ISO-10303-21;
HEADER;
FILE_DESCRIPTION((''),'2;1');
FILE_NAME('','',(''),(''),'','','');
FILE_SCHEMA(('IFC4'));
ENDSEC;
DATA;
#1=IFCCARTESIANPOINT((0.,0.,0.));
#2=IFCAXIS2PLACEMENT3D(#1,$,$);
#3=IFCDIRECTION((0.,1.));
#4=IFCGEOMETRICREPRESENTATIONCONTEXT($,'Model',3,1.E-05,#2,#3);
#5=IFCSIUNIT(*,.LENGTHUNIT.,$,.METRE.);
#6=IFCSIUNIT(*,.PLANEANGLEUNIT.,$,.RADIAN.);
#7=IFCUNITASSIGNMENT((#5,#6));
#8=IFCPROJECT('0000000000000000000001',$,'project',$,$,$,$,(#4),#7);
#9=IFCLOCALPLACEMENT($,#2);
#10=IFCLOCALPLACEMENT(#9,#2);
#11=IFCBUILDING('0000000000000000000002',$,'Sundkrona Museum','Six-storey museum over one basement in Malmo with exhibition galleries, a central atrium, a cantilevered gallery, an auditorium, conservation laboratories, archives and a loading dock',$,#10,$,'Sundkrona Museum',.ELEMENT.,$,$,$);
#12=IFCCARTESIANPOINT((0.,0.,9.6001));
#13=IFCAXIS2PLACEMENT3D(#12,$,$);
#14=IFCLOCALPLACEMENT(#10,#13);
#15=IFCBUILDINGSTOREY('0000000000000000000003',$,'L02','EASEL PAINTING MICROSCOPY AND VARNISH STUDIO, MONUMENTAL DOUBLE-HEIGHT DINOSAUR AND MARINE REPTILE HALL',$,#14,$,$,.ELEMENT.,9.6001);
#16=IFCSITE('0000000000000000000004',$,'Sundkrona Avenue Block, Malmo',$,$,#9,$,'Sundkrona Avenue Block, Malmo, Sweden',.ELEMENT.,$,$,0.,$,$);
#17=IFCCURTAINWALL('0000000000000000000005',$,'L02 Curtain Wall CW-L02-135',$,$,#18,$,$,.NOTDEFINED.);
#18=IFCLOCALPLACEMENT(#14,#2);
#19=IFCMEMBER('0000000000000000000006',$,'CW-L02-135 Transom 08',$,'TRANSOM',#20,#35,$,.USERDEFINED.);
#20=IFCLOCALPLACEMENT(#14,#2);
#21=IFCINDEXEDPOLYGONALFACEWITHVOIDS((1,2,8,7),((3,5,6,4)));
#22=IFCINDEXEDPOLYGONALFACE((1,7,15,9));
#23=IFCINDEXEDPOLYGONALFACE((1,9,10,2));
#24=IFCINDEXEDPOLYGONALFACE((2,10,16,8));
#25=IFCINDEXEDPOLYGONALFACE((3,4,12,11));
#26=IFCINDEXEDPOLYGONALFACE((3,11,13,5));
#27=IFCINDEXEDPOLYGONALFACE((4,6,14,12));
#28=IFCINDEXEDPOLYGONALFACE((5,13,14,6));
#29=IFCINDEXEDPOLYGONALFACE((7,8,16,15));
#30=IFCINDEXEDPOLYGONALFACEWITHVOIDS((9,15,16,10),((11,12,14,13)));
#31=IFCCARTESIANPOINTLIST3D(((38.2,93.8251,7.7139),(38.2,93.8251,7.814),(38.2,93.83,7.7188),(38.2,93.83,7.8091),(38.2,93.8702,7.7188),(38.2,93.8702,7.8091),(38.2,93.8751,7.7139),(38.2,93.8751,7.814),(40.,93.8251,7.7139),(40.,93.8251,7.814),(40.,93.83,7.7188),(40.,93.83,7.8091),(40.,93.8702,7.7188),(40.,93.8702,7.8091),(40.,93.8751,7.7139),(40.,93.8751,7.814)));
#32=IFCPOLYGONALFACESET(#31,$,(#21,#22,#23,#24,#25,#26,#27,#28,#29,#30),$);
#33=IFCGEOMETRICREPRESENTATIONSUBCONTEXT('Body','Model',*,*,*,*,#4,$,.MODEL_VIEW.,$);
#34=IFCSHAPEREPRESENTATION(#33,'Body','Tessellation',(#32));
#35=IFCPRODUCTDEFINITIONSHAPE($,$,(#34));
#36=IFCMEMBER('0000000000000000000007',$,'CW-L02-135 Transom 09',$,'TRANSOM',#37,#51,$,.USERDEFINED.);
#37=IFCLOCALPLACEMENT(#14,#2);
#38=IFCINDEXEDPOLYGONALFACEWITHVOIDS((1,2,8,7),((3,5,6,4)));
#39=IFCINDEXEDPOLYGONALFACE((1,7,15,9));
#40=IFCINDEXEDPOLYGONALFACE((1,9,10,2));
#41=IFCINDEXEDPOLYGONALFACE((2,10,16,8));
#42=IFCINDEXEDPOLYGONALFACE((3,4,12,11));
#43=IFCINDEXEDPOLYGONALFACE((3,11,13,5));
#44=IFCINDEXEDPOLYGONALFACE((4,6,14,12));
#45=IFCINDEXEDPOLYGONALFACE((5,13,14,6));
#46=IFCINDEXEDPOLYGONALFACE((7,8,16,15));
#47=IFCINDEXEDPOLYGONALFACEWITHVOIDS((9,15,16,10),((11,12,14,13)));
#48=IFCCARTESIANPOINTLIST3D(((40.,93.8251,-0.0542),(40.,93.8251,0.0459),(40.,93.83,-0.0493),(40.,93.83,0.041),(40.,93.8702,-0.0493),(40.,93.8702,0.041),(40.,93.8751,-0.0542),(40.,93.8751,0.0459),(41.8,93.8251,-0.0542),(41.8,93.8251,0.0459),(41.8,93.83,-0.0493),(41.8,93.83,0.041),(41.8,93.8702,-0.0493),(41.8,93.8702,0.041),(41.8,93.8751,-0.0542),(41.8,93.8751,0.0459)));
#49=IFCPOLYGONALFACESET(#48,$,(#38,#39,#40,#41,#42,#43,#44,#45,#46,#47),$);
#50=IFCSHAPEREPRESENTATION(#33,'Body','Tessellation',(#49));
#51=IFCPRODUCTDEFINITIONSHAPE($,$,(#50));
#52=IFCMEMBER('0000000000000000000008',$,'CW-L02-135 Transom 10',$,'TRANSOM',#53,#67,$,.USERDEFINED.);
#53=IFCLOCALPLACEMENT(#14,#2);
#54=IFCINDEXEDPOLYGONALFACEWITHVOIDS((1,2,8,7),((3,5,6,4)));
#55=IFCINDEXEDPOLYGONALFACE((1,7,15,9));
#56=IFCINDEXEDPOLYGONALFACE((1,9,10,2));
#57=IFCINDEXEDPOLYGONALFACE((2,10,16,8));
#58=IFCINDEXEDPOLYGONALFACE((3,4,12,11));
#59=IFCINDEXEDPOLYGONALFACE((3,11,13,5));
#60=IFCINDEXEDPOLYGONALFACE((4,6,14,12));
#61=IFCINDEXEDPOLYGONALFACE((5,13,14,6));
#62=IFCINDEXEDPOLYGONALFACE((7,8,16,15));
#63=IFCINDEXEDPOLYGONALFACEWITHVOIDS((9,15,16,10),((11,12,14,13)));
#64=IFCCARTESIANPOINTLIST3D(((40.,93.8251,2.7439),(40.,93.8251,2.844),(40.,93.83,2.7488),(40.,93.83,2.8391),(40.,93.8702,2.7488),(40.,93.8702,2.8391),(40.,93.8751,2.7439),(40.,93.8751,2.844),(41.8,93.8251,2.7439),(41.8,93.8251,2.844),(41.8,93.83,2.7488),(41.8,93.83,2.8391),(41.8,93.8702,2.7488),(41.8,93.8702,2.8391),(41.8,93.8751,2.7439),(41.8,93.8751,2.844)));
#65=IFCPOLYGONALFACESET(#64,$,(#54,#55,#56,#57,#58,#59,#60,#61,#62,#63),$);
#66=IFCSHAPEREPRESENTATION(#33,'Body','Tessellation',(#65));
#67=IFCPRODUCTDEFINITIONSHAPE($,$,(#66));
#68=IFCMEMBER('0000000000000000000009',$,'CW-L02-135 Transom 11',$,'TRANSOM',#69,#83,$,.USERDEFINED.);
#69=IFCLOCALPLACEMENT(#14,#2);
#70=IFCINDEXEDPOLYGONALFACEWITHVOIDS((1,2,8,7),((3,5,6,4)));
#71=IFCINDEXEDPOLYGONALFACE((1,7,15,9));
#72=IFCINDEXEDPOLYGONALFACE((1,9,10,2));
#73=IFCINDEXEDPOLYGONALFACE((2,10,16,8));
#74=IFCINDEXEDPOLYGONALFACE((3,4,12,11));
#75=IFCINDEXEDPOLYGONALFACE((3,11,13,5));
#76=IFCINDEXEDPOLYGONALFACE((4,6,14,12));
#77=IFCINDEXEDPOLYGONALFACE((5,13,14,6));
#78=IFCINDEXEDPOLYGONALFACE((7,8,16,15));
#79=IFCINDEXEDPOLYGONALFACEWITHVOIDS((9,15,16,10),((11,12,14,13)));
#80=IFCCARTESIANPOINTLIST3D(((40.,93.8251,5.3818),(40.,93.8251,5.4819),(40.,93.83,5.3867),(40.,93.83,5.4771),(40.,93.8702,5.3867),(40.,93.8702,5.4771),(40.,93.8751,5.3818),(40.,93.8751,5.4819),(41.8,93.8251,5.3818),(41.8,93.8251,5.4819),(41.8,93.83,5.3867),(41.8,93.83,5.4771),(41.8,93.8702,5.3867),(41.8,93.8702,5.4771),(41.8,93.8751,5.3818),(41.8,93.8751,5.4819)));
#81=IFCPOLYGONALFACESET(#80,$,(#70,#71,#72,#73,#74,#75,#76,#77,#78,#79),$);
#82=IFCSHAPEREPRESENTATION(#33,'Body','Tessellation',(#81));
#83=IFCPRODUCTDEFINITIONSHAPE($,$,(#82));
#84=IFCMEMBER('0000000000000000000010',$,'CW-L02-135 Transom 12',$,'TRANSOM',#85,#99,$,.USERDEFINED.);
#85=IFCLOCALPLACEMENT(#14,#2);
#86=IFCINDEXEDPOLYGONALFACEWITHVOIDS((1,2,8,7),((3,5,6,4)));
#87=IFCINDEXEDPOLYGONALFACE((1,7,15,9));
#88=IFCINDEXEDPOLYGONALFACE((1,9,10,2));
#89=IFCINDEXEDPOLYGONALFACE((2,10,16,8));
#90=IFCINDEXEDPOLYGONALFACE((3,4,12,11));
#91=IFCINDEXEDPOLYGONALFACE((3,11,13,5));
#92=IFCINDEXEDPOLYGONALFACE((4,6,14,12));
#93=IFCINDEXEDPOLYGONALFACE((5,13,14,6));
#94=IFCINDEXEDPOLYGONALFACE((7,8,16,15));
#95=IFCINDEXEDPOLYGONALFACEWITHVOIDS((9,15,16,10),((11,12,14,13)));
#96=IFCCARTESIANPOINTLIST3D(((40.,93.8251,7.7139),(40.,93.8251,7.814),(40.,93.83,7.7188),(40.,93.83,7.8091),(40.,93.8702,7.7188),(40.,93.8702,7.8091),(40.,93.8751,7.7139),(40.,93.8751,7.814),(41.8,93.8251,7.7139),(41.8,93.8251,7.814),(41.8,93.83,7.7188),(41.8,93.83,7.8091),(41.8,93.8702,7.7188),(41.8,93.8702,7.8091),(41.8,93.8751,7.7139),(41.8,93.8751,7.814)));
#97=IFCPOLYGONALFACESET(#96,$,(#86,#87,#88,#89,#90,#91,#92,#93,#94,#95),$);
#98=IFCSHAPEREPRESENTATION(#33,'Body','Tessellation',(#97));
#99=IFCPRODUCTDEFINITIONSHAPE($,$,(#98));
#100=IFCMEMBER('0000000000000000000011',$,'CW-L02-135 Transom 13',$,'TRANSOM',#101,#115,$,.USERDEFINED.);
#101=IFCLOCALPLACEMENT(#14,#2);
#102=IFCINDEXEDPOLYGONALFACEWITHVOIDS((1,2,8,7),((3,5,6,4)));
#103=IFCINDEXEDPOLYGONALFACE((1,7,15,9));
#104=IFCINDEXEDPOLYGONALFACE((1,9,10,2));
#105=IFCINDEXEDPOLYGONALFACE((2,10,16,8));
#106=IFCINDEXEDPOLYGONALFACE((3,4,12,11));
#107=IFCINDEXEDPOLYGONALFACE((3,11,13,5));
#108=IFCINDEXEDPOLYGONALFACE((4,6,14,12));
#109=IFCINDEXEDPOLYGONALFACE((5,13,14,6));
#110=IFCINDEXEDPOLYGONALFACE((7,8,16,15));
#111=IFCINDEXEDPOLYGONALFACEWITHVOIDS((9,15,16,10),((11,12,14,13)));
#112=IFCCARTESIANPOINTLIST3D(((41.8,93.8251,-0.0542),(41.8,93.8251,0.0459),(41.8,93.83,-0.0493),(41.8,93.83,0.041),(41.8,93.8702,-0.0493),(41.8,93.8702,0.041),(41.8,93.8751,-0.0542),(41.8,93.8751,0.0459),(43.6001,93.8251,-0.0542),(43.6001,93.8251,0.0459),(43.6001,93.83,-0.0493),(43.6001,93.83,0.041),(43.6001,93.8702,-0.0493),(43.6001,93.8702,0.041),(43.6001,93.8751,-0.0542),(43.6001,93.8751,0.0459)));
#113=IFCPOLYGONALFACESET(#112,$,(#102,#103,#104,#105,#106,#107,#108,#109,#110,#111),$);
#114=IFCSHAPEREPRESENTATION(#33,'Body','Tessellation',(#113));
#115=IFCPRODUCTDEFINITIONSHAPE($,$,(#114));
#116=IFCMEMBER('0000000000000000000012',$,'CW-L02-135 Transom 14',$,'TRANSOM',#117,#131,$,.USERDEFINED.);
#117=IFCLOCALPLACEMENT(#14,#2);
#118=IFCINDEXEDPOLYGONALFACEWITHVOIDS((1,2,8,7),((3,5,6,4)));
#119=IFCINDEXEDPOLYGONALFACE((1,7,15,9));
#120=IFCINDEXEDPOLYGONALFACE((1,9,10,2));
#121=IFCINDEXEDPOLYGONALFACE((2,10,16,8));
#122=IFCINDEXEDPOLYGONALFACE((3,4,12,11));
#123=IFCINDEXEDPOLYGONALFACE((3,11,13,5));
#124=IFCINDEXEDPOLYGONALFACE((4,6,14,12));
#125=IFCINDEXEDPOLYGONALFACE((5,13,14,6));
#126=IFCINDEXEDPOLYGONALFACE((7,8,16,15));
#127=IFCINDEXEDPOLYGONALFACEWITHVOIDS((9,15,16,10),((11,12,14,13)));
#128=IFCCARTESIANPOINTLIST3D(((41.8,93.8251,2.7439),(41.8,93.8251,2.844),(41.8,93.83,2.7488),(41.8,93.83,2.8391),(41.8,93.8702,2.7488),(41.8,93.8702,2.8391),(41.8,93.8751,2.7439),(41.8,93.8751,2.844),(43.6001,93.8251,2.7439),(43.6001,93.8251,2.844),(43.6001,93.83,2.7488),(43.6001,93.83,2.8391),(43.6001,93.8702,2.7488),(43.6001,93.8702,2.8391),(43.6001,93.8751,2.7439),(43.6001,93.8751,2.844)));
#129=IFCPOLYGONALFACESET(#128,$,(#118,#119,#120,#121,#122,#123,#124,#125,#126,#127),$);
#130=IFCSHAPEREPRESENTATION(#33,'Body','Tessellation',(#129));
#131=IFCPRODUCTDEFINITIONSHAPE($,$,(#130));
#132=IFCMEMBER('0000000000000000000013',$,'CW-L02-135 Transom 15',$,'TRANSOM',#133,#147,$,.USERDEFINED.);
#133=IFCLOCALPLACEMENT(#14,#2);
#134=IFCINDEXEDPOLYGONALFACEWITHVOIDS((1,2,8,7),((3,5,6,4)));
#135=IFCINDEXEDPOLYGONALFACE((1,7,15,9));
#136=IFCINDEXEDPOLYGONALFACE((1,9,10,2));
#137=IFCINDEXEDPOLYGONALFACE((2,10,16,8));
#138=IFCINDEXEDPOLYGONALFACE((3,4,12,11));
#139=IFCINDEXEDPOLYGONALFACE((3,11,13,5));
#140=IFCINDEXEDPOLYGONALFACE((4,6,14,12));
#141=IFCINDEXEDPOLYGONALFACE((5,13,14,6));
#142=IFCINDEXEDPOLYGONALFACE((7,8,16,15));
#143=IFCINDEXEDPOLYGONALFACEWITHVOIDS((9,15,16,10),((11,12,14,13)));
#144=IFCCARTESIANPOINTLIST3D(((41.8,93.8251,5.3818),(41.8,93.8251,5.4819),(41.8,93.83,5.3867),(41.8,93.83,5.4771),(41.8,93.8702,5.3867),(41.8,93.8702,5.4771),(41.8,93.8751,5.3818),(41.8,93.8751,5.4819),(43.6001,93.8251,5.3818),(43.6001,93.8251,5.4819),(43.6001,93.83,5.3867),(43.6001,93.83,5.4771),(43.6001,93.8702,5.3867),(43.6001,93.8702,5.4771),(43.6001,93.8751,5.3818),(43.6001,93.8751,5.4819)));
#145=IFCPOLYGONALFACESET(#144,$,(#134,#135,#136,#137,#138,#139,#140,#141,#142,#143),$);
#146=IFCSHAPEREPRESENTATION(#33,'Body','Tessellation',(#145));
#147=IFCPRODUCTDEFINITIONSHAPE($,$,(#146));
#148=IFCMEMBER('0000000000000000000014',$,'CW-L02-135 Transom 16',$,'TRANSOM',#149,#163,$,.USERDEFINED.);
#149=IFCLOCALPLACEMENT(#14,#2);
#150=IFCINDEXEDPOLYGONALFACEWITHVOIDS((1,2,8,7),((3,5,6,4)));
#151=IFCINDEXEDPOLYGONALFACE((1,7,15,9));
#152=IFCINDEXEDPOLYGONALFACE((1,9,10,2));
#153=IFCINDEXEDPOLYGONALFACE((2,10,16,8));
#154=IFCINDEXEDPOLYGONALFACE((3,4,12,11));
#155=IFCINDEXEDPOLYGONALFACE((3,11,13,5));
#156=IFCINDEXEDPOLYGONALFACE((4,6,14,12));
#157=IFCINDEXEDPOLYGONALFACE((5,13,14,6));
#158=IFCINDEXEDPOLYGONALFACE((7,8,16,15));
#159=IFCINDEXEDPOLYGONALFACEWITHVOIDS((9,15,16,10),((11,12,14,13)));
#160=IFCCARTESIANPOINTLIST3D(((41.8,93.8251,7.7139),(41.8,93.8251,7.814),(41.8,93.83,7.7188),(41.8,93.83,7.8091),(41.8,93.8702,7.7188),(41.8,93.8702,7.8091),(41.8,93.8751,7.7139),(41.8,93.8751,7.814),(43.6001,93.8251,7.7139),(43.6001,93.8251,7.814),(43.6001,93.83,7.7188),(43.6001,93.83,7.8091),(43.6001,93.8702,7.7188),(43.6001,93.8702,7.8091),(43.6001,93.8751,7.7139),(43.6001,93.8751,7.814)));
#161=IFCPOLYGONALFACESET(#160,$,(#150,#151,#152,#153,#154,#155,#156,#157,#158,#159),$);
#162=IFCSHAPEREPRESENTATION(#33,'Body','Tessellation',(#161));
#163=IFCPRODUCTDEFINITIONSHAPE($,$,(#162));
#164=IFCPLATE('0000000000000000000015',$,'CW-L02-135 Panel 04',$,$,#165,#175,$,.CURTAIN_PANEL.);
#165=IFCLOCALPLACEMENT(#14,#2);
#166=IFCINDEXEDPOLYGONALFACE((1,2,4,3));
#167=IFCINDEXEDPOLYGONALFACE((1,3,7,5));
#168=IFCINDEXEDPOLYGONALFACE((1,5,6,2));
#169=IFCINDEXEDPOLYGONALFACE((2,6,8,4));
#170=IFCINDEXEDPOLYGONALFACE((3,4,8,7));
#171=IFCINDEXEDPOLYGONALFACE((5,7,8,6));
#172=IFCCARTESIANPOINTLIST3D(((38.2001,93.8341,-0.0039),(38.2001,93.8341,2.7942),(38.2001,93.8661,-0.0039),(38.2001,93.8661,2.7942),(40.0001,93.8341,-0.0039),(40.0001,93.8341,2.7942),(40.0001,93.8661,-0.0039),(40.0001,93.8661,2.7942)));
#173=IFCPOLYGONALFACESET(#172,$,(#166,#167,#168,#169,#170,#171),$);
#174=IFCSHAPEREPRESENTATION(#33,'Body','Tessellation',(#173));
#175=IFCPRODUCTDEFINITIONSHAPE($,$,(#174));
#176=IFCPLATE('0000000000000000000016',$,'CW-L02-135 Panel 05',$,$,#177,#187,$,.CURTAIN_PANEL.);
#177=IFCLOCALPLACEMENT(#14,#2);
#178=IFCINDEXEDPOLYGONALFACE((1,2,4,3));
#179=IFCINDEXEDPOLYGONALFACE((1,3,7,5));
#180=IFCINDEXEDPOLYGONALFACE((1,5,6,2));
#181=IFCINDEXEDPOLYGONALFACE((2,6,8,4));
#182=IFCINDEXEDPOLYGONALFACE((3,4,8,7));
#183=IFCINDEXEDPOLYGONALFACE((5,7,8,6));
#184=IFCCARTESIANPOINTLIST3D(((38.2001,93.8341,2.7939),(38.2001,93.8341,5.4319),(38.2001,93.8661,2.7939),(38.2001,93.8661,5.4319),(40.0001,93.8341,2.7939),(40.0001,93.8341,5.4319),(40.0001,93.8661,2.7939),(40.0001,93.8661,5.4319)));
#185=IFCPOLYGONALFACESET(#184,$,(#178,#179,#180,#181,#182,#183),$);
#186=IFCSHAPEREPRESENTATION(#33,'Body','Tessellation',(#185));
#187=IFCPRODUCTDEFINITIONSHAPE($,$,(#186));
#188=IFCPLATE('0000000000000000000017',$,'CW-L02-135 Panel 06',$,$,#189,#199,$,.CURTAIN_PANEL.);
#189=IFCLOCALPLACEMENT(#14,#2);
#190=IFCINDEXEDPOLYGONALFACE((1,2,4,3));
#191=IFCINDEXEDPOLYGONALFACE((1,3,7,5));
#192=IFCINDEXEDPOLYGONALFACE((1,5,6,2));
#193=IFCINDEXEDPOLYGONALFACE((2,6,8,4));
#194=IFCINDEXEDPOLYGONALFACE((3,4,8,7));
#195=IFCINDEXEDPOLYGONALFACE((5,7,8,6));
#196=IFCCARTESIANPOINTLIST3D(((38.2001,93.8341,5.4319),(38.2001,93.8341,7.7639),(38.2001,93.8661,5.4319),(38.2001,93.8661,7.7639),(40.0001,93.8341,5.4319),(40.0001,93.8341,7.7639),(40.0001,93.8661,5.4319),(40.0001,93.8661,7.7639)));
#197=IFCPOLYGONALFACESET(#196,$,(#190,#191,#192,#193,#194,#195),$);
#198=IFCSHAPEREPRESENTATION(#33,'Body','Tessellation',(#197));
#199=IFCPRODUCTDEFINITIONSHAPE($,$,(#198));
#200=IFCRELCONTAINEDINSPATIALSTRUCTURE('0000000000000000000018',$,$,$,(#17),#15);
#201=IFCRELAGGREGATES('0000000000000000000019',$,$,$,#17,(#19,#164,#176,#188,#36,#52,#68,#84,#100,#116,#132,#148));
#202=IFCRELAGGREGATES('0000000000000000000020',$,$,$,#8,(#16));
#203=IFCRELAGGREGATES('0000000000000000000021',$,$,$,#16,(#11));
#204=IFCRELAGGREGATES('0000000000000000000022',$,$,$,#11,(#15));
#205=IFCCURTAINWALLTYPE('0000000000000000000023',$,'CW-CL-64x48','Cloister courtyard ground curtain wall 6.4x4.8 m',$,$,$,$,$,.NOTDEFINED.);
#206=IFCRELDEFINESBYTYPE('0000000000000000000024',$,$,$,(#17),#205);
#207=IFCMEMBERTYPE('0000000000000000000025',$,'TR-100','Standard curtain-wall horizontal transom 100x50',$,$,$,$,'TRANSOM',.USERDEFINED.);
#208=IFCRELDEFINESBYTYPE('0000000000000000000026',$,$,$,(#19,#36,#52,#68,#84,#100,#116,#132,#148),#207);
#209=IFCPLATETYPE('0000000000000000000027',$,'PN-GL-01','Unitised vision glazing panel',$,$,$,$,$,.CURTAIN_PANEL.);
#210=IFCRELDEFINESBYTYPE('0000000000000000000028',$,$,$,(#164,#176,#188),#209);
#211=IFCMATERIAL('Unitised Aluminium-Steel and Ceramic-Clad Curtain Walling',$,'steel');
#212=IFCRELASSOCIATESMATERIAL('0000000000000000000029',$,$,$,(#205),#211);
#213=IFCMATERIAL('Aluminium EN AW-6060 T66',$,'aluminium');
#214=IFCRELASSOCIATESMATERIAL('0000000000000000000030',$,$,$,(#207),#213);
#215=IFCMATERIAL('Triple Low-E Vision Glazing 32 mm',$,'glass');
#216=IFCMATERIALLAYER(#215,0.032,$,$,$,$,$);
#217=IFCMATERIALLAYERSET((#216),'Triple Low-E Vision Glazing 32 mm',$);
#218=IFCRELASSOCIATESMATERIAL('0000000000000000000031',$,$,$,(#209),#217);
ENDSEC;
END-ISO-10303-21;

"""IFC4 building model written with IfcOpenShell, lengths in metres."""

from ifc_helpers import new_model, si_unit, direction, frame, origin, origin_2d, place, context, subcontext, project, spatial, rectangle, hollow_rectangle, extrude, material, layer, layer_set, material_profile, profile_set, type_object, element, aggregate, save


model = new_model("IFC4")

# Units and contexts
model_context = context("Model", 3, precision=1e-05, world=origin(), true_north=direction((0.0, 1.0)))
body_context = subcontext(model_context, "Body", "Model", "MODEL_VIEW")
ifc_project = project(units=[si_unit("LENGTHUNIT", "METRE"), si_unit("PLANEANGLEUNIT", "RADIAN")], contexts=[model_context])

# Site, building, storey
site_placement = place(None, origin())
site = spatial("IfcSite", under=ifc_project, at=site_placement, Name="Sundkrona Avenue Block, Malmo", LongName="Sundkrona Avenue Block, Malmo, Sweden", CompositionType="ELEMENT", RefElevation=0.0)
building_placement = place(site_placement, origin())
building = spatial("IfcBuilding", under=site, at=building_placement, Name="Sundkrona Museum", Description="Six-storey museum over one basement in Malmo with exhibition galleries, a central atrium, a cantilevered gallery, an auditorium, conservation laboratories, archives and a loading dock", LongName="Sundkrona Museum", CompositionType="ELEMENT")
storey_placement = place(building_placement, frame((0.0, 0.0, 9.6001)))
storey = spatial("IfcBuildingStorey", under=building, at=storey_placement, Name="L02", Description="EASEL PAINTING MICROSCOPY AND VARNISH STUDIO, MONUMENTAL DOUBLE-HEIGHT DINOSAUR AND MARINE REPTILE HALL", CompositionType="ELEMENT", Elevation=9.6001)

# Curtain wall, members, plates
ifc_material_1 = material(Name="Unitised Aluminium-Steel and Ceramic-Clad Curtain Walling", Category="steel")
curtain_wall_type = type_object("IfcCurtainWallType", Name="CW-CL-64x48", Description="Cloister courtyard ground curtain wall 6.4x4.8 m", PredefinedType="NOTDEFINED", material=ifc_material_1)
curtain_wall_placement = place(storey_placement, origin())
curtain_wall = element("IfcCurtainWall", 1, at=curtain_wall_placement, inside=storey, type_object=curtain_wall_type, Name="L02 Curtain Wall CW-L02-135", PredefinedType="NOTDEFINED")
ifc_material_2 = material(Name="Aluminium EN AW-6060 T66", Category="aluminium")
ifc_material_profile_1 = material_profile(ifc_material_2, hollow_rectangle(XDim=0.05, YDim=0.1001, WallThickness=0.0049, at=origin_2d()), Name="RHS 100x50x5.0")
ifc_profile_set_1 = profile_set([ifc_material_profile_1], Name="Aluminium EN AW-6060 T66")
member_type_1 = type_object("IfcMemberType", Name="TR-100", Description="Standard curtain-wall horizontal transom 100x50", ElementType="TRANSOM", PredefinedType="USERDEFINED", material=ifc_profile_set_1)
member_1_placement = place(storey_placement, frame((38.2, 93.8501, 7.7639), z_axis=(1.0, 0.0, 0.0), x_axis=(0.0, 1.0, 0.0)))
member_1 = element("IfcMember", 2, at=member_1_placement, type_object=member_type_1, Name="CW-L02-135 Transom 08", ObjectType="TRANSOM", PredefinedType="USERDEFINED", context=body_context, shape_type="SweptSolid", body=[
    extrude(hollow_rectangle(XDim=0.05, YDim=0.1001, WallThickness=0.0049, at=origin_2d()), origin(), (0.0, 0.0, 1.0), 1.8),
])
member_2_placement = place(storey_placement, frame((40.0, 93.8501, -0.0042), z_axis=(1.0, 0.0, 0.0), x_axis=(0.0, 1.0, 0.0)))
member_2 = element("IfcMember", 3, at=member_2_placement, type_object=member_type_1, Name="CW-L02-135 Transom 09", ObjectType="TRANSOM", PredefinedType="USERDEFINED", context=body_context, shape_type="SweptSolid", body=[
    extrude(hollow_rectangle(XDim=0.05, YDim=0.1001, WallThickness=0.0049, at=origin_2d()), origin(), (0.0, 0.0, 1.0), 1.8),
])
member_3_placement = place(storey_placement, frame((40.0, 93.8501, 2.7939), z_axis=(1.0, 0.0, 0.0), x_axis=(0.0, 1.0, 0.0)))
member_3 = element("IfcMember", 4, at=member_3_placement, type_object=member_type_1, Name="CW-L02-135 Transom 10", ObjectType="TRANSOM", PredefinedType="USERDEFINED", context=body_context, shape_type="SweptSolid", body=[
    extrude(hollow_rectangle(XDim=0.05, YDim=0.1001, WallThickness=0.0049, at=origin_2d()), origin(), (0.0, 0.0, 1.0), 1.8),
])
member_4_placement = place(storey_placement, frame((40.0, 93.8501, 5.4319), z_axis=(1.0, 0.0, 0.0), x_axis=(0.0, 1.0, 0.0)))
member_4 = element("IfcMember", 5, at=member_4_placement, type_object=member_type_1, Name="CW-L02-135 Transom 11", ObjectType="TRANSOM", PredefinedType="USERDEFINED", context=body_context, shape_type="SweptSolid", body=[
    extrude(hollow_rectangle(XDim=0.05, YDim=0.1001, WallThickness=0.0049, at=origin_2d()), origin(), (0.0, 0.0, 1.0), 1.8),
])
member_5_placement = place(storey_placement, frame((40.0, 93.8501, 7.7639), z_axis=(1.0, 0.0, 0.0), x_axis=(0.0, 1.0, 0.0)))
member_5 = element("IfcMember", 6, at=member_5_placement, type_object=member_type_1, Name="CW-L02-135 Transom 12", ObjectType="TRANSOM", PredefinedType="USERDEFINED", context=body_context, shape_type="SweptSolid", body=[
    extrude(hollow_rectangle(XDim=0.05, YDim=0.1001, WallThickness=0.0049, at=origin_2d()), origin(), (0.0, 0.0, 1.0), 1.8),
])
member_6_placement = place(storey_placement, frame((41.8, 93.8501, -0.0042), z_axis=(1.0, 0.0, 0.0), x_axis=(0.0, 1.0, 0.0)))
member_6 = element("IfcMember", 7, at=member_6_placement, type_object=member_type_1, Name="CW-L02-135 Transom 13", ObjectType="TRANSOM", PredefinedType="USERDEFINED", context=body_context, shape_type="SweptSolid", body=[
    extrude(hollow_rectangle(XDim=0.05, YDim=0.1001, WallThickness=0.0049, at=origin_2d()), origin(), (0.0, 0.0, 1.0), 1.8),
])
member_7_placement = place(storey_placement, frame((41.8, 93.8501, 2.7939), z_axis=(1.0, 0.0, 0.0), x_axis=(0.0, 1.0, 0.0)))
member_7 = element("IfcMember", 8, at=member_7_placement, type_object=member_type_1, Name="CW-L02-135 Transom 14", ObjectType="TRANSOM", PredefinedType="USERDEFINED", context=body_context, shape_type="SweptSolid", body=[
    extrude(hollow_rectangle(XDim=0.05, YDim=0.1001, WallThickness=0.0049, at=origin_2d()), origin(), (0.0, 0.0, 1.0), 1.8),
])
member_8_placement = place(storey_placement, frame((41.8, 93.8501, 5.4319), z_axis=(1.0, 0.0, 0.0), x_axis=(0.0, 1.0, 0.0)))
member_8 = element("IfcMember", 9, at=member_8_placement, type_object=member_type_1, Name="CW-L02-135 Transom 15", ObjectType="TRANSOM", PredefinedType="USERDEFINED", context=body_context, shape_type="SweptSolid", body=[
    extrude(hollow_rectangle(XDim=0.05, YDim=0.1001, WallThickness=0.0049, at=origin_2d()), origin(), (0.0, 0.0, 1.0), 1.8),
])
member_9_placement = place(storey_placement, frame((41.8, 93.8501, 7.7639), z_axis=(1.0, 0.0, 0.0), x_axis=(0.0, 1.0, 0.0)))
member_9 = element("IfcMember", 10, at=member_9_placement, type_object=member_type_1, Name="CW-L02-135 Transom 16", ObjectType="TRANSOM", PredefinedType="USERDEFINED", context=body_context, shape_type="SweptSolid", body=[
    extrude(hollow_rectangle(XDim=0.05, YDim=0.1001, WallThickness=0.0049, at=origin_2d()), origin(), (0.0, 0.0, 1.0), 1.8),
])
ifc_material_3 = material(Name="Triple Low-E Vision Glazing 32 mm", Category="glass")
ifc_layer = layer(ifc_material_3, 0.032)
ifc_layer_set = layer_set([ifc_layer], Name="Triple Low-E Vision Glazing 32 mm")
plate_type = type_object("IfcPlateType", Name="PN-GL-01", Description="Unitised vision glazing panel", PredefinedType="CURTAIN_PANEL", material=ifc_layer_set)
plate_1_placement = place(storey_placement, frame((39.1001, 93.8501, -0.0039), z_axis=(0.0, 0.0, 1.0), x_axis=(1.0, 0.0, 0.0)))
plate_1 = element("IfcPlate", 11, at=plate_1_placement, type_object=plate_type, Name="CW-L02-135 Panel 04", PredefinedType="CURTAIN_PANEL", context=body_context, shape_type="SweptSolid", body=[
    extrude(rectangle(XDim=1.8, YDim=0.032, at=origin_2d()), origin(), (0.0, 0.0, 1.0), 2.7981),
])
plate_2_placement = place(storey_placement, frame((39.1001, 93.8501, 2.7939), z_axis=(0.0, 0.0, 1.0), x_axis=(1.0, 0.0, 0.0)))
plate_2 = element("IfcPlate", 12, at=plate_2_placement, type_object=plate_type, Name="CW-L02-135 Panel 05", PredefinedType="CURTAIN_PANEL", context=body_context, shape_type="SweptSolid", body=[
    extrude(rectangle(XDim=1.8, YDim=0.032, at=origin_2d()), origin(), (0.0, 0.0, 1.0), 2.6379),
])
plate_3_placement = place(storey_placement, frame((39.1001, 93.8501, 5.4319), z_axis=(0.0, 0.0, 1.0), x_axis=(1.0, 0.0, 0.0)))
plate_3 = element("IfcPlate", 13, at=plate_3_placement, type_object=plate_type, Name="CW-L02-135 Panel 06", PredefinedType="CURTAIN_PANEL", context=body_context, shape_type="SweptSolid", body=[
    extrude(rectangle(XDim=1.8, YDim=0.032, at=origin_2d()), origin(), (0.0, 0.0, 1.0), 2.332),
])
aggregate(curtain_wall, [member_1, plate_1, plate_2, plate_3, member_2, member_3, member_4, member_5, member_6, member_7, member_8, member_9])

save(model, "model.ifc")
